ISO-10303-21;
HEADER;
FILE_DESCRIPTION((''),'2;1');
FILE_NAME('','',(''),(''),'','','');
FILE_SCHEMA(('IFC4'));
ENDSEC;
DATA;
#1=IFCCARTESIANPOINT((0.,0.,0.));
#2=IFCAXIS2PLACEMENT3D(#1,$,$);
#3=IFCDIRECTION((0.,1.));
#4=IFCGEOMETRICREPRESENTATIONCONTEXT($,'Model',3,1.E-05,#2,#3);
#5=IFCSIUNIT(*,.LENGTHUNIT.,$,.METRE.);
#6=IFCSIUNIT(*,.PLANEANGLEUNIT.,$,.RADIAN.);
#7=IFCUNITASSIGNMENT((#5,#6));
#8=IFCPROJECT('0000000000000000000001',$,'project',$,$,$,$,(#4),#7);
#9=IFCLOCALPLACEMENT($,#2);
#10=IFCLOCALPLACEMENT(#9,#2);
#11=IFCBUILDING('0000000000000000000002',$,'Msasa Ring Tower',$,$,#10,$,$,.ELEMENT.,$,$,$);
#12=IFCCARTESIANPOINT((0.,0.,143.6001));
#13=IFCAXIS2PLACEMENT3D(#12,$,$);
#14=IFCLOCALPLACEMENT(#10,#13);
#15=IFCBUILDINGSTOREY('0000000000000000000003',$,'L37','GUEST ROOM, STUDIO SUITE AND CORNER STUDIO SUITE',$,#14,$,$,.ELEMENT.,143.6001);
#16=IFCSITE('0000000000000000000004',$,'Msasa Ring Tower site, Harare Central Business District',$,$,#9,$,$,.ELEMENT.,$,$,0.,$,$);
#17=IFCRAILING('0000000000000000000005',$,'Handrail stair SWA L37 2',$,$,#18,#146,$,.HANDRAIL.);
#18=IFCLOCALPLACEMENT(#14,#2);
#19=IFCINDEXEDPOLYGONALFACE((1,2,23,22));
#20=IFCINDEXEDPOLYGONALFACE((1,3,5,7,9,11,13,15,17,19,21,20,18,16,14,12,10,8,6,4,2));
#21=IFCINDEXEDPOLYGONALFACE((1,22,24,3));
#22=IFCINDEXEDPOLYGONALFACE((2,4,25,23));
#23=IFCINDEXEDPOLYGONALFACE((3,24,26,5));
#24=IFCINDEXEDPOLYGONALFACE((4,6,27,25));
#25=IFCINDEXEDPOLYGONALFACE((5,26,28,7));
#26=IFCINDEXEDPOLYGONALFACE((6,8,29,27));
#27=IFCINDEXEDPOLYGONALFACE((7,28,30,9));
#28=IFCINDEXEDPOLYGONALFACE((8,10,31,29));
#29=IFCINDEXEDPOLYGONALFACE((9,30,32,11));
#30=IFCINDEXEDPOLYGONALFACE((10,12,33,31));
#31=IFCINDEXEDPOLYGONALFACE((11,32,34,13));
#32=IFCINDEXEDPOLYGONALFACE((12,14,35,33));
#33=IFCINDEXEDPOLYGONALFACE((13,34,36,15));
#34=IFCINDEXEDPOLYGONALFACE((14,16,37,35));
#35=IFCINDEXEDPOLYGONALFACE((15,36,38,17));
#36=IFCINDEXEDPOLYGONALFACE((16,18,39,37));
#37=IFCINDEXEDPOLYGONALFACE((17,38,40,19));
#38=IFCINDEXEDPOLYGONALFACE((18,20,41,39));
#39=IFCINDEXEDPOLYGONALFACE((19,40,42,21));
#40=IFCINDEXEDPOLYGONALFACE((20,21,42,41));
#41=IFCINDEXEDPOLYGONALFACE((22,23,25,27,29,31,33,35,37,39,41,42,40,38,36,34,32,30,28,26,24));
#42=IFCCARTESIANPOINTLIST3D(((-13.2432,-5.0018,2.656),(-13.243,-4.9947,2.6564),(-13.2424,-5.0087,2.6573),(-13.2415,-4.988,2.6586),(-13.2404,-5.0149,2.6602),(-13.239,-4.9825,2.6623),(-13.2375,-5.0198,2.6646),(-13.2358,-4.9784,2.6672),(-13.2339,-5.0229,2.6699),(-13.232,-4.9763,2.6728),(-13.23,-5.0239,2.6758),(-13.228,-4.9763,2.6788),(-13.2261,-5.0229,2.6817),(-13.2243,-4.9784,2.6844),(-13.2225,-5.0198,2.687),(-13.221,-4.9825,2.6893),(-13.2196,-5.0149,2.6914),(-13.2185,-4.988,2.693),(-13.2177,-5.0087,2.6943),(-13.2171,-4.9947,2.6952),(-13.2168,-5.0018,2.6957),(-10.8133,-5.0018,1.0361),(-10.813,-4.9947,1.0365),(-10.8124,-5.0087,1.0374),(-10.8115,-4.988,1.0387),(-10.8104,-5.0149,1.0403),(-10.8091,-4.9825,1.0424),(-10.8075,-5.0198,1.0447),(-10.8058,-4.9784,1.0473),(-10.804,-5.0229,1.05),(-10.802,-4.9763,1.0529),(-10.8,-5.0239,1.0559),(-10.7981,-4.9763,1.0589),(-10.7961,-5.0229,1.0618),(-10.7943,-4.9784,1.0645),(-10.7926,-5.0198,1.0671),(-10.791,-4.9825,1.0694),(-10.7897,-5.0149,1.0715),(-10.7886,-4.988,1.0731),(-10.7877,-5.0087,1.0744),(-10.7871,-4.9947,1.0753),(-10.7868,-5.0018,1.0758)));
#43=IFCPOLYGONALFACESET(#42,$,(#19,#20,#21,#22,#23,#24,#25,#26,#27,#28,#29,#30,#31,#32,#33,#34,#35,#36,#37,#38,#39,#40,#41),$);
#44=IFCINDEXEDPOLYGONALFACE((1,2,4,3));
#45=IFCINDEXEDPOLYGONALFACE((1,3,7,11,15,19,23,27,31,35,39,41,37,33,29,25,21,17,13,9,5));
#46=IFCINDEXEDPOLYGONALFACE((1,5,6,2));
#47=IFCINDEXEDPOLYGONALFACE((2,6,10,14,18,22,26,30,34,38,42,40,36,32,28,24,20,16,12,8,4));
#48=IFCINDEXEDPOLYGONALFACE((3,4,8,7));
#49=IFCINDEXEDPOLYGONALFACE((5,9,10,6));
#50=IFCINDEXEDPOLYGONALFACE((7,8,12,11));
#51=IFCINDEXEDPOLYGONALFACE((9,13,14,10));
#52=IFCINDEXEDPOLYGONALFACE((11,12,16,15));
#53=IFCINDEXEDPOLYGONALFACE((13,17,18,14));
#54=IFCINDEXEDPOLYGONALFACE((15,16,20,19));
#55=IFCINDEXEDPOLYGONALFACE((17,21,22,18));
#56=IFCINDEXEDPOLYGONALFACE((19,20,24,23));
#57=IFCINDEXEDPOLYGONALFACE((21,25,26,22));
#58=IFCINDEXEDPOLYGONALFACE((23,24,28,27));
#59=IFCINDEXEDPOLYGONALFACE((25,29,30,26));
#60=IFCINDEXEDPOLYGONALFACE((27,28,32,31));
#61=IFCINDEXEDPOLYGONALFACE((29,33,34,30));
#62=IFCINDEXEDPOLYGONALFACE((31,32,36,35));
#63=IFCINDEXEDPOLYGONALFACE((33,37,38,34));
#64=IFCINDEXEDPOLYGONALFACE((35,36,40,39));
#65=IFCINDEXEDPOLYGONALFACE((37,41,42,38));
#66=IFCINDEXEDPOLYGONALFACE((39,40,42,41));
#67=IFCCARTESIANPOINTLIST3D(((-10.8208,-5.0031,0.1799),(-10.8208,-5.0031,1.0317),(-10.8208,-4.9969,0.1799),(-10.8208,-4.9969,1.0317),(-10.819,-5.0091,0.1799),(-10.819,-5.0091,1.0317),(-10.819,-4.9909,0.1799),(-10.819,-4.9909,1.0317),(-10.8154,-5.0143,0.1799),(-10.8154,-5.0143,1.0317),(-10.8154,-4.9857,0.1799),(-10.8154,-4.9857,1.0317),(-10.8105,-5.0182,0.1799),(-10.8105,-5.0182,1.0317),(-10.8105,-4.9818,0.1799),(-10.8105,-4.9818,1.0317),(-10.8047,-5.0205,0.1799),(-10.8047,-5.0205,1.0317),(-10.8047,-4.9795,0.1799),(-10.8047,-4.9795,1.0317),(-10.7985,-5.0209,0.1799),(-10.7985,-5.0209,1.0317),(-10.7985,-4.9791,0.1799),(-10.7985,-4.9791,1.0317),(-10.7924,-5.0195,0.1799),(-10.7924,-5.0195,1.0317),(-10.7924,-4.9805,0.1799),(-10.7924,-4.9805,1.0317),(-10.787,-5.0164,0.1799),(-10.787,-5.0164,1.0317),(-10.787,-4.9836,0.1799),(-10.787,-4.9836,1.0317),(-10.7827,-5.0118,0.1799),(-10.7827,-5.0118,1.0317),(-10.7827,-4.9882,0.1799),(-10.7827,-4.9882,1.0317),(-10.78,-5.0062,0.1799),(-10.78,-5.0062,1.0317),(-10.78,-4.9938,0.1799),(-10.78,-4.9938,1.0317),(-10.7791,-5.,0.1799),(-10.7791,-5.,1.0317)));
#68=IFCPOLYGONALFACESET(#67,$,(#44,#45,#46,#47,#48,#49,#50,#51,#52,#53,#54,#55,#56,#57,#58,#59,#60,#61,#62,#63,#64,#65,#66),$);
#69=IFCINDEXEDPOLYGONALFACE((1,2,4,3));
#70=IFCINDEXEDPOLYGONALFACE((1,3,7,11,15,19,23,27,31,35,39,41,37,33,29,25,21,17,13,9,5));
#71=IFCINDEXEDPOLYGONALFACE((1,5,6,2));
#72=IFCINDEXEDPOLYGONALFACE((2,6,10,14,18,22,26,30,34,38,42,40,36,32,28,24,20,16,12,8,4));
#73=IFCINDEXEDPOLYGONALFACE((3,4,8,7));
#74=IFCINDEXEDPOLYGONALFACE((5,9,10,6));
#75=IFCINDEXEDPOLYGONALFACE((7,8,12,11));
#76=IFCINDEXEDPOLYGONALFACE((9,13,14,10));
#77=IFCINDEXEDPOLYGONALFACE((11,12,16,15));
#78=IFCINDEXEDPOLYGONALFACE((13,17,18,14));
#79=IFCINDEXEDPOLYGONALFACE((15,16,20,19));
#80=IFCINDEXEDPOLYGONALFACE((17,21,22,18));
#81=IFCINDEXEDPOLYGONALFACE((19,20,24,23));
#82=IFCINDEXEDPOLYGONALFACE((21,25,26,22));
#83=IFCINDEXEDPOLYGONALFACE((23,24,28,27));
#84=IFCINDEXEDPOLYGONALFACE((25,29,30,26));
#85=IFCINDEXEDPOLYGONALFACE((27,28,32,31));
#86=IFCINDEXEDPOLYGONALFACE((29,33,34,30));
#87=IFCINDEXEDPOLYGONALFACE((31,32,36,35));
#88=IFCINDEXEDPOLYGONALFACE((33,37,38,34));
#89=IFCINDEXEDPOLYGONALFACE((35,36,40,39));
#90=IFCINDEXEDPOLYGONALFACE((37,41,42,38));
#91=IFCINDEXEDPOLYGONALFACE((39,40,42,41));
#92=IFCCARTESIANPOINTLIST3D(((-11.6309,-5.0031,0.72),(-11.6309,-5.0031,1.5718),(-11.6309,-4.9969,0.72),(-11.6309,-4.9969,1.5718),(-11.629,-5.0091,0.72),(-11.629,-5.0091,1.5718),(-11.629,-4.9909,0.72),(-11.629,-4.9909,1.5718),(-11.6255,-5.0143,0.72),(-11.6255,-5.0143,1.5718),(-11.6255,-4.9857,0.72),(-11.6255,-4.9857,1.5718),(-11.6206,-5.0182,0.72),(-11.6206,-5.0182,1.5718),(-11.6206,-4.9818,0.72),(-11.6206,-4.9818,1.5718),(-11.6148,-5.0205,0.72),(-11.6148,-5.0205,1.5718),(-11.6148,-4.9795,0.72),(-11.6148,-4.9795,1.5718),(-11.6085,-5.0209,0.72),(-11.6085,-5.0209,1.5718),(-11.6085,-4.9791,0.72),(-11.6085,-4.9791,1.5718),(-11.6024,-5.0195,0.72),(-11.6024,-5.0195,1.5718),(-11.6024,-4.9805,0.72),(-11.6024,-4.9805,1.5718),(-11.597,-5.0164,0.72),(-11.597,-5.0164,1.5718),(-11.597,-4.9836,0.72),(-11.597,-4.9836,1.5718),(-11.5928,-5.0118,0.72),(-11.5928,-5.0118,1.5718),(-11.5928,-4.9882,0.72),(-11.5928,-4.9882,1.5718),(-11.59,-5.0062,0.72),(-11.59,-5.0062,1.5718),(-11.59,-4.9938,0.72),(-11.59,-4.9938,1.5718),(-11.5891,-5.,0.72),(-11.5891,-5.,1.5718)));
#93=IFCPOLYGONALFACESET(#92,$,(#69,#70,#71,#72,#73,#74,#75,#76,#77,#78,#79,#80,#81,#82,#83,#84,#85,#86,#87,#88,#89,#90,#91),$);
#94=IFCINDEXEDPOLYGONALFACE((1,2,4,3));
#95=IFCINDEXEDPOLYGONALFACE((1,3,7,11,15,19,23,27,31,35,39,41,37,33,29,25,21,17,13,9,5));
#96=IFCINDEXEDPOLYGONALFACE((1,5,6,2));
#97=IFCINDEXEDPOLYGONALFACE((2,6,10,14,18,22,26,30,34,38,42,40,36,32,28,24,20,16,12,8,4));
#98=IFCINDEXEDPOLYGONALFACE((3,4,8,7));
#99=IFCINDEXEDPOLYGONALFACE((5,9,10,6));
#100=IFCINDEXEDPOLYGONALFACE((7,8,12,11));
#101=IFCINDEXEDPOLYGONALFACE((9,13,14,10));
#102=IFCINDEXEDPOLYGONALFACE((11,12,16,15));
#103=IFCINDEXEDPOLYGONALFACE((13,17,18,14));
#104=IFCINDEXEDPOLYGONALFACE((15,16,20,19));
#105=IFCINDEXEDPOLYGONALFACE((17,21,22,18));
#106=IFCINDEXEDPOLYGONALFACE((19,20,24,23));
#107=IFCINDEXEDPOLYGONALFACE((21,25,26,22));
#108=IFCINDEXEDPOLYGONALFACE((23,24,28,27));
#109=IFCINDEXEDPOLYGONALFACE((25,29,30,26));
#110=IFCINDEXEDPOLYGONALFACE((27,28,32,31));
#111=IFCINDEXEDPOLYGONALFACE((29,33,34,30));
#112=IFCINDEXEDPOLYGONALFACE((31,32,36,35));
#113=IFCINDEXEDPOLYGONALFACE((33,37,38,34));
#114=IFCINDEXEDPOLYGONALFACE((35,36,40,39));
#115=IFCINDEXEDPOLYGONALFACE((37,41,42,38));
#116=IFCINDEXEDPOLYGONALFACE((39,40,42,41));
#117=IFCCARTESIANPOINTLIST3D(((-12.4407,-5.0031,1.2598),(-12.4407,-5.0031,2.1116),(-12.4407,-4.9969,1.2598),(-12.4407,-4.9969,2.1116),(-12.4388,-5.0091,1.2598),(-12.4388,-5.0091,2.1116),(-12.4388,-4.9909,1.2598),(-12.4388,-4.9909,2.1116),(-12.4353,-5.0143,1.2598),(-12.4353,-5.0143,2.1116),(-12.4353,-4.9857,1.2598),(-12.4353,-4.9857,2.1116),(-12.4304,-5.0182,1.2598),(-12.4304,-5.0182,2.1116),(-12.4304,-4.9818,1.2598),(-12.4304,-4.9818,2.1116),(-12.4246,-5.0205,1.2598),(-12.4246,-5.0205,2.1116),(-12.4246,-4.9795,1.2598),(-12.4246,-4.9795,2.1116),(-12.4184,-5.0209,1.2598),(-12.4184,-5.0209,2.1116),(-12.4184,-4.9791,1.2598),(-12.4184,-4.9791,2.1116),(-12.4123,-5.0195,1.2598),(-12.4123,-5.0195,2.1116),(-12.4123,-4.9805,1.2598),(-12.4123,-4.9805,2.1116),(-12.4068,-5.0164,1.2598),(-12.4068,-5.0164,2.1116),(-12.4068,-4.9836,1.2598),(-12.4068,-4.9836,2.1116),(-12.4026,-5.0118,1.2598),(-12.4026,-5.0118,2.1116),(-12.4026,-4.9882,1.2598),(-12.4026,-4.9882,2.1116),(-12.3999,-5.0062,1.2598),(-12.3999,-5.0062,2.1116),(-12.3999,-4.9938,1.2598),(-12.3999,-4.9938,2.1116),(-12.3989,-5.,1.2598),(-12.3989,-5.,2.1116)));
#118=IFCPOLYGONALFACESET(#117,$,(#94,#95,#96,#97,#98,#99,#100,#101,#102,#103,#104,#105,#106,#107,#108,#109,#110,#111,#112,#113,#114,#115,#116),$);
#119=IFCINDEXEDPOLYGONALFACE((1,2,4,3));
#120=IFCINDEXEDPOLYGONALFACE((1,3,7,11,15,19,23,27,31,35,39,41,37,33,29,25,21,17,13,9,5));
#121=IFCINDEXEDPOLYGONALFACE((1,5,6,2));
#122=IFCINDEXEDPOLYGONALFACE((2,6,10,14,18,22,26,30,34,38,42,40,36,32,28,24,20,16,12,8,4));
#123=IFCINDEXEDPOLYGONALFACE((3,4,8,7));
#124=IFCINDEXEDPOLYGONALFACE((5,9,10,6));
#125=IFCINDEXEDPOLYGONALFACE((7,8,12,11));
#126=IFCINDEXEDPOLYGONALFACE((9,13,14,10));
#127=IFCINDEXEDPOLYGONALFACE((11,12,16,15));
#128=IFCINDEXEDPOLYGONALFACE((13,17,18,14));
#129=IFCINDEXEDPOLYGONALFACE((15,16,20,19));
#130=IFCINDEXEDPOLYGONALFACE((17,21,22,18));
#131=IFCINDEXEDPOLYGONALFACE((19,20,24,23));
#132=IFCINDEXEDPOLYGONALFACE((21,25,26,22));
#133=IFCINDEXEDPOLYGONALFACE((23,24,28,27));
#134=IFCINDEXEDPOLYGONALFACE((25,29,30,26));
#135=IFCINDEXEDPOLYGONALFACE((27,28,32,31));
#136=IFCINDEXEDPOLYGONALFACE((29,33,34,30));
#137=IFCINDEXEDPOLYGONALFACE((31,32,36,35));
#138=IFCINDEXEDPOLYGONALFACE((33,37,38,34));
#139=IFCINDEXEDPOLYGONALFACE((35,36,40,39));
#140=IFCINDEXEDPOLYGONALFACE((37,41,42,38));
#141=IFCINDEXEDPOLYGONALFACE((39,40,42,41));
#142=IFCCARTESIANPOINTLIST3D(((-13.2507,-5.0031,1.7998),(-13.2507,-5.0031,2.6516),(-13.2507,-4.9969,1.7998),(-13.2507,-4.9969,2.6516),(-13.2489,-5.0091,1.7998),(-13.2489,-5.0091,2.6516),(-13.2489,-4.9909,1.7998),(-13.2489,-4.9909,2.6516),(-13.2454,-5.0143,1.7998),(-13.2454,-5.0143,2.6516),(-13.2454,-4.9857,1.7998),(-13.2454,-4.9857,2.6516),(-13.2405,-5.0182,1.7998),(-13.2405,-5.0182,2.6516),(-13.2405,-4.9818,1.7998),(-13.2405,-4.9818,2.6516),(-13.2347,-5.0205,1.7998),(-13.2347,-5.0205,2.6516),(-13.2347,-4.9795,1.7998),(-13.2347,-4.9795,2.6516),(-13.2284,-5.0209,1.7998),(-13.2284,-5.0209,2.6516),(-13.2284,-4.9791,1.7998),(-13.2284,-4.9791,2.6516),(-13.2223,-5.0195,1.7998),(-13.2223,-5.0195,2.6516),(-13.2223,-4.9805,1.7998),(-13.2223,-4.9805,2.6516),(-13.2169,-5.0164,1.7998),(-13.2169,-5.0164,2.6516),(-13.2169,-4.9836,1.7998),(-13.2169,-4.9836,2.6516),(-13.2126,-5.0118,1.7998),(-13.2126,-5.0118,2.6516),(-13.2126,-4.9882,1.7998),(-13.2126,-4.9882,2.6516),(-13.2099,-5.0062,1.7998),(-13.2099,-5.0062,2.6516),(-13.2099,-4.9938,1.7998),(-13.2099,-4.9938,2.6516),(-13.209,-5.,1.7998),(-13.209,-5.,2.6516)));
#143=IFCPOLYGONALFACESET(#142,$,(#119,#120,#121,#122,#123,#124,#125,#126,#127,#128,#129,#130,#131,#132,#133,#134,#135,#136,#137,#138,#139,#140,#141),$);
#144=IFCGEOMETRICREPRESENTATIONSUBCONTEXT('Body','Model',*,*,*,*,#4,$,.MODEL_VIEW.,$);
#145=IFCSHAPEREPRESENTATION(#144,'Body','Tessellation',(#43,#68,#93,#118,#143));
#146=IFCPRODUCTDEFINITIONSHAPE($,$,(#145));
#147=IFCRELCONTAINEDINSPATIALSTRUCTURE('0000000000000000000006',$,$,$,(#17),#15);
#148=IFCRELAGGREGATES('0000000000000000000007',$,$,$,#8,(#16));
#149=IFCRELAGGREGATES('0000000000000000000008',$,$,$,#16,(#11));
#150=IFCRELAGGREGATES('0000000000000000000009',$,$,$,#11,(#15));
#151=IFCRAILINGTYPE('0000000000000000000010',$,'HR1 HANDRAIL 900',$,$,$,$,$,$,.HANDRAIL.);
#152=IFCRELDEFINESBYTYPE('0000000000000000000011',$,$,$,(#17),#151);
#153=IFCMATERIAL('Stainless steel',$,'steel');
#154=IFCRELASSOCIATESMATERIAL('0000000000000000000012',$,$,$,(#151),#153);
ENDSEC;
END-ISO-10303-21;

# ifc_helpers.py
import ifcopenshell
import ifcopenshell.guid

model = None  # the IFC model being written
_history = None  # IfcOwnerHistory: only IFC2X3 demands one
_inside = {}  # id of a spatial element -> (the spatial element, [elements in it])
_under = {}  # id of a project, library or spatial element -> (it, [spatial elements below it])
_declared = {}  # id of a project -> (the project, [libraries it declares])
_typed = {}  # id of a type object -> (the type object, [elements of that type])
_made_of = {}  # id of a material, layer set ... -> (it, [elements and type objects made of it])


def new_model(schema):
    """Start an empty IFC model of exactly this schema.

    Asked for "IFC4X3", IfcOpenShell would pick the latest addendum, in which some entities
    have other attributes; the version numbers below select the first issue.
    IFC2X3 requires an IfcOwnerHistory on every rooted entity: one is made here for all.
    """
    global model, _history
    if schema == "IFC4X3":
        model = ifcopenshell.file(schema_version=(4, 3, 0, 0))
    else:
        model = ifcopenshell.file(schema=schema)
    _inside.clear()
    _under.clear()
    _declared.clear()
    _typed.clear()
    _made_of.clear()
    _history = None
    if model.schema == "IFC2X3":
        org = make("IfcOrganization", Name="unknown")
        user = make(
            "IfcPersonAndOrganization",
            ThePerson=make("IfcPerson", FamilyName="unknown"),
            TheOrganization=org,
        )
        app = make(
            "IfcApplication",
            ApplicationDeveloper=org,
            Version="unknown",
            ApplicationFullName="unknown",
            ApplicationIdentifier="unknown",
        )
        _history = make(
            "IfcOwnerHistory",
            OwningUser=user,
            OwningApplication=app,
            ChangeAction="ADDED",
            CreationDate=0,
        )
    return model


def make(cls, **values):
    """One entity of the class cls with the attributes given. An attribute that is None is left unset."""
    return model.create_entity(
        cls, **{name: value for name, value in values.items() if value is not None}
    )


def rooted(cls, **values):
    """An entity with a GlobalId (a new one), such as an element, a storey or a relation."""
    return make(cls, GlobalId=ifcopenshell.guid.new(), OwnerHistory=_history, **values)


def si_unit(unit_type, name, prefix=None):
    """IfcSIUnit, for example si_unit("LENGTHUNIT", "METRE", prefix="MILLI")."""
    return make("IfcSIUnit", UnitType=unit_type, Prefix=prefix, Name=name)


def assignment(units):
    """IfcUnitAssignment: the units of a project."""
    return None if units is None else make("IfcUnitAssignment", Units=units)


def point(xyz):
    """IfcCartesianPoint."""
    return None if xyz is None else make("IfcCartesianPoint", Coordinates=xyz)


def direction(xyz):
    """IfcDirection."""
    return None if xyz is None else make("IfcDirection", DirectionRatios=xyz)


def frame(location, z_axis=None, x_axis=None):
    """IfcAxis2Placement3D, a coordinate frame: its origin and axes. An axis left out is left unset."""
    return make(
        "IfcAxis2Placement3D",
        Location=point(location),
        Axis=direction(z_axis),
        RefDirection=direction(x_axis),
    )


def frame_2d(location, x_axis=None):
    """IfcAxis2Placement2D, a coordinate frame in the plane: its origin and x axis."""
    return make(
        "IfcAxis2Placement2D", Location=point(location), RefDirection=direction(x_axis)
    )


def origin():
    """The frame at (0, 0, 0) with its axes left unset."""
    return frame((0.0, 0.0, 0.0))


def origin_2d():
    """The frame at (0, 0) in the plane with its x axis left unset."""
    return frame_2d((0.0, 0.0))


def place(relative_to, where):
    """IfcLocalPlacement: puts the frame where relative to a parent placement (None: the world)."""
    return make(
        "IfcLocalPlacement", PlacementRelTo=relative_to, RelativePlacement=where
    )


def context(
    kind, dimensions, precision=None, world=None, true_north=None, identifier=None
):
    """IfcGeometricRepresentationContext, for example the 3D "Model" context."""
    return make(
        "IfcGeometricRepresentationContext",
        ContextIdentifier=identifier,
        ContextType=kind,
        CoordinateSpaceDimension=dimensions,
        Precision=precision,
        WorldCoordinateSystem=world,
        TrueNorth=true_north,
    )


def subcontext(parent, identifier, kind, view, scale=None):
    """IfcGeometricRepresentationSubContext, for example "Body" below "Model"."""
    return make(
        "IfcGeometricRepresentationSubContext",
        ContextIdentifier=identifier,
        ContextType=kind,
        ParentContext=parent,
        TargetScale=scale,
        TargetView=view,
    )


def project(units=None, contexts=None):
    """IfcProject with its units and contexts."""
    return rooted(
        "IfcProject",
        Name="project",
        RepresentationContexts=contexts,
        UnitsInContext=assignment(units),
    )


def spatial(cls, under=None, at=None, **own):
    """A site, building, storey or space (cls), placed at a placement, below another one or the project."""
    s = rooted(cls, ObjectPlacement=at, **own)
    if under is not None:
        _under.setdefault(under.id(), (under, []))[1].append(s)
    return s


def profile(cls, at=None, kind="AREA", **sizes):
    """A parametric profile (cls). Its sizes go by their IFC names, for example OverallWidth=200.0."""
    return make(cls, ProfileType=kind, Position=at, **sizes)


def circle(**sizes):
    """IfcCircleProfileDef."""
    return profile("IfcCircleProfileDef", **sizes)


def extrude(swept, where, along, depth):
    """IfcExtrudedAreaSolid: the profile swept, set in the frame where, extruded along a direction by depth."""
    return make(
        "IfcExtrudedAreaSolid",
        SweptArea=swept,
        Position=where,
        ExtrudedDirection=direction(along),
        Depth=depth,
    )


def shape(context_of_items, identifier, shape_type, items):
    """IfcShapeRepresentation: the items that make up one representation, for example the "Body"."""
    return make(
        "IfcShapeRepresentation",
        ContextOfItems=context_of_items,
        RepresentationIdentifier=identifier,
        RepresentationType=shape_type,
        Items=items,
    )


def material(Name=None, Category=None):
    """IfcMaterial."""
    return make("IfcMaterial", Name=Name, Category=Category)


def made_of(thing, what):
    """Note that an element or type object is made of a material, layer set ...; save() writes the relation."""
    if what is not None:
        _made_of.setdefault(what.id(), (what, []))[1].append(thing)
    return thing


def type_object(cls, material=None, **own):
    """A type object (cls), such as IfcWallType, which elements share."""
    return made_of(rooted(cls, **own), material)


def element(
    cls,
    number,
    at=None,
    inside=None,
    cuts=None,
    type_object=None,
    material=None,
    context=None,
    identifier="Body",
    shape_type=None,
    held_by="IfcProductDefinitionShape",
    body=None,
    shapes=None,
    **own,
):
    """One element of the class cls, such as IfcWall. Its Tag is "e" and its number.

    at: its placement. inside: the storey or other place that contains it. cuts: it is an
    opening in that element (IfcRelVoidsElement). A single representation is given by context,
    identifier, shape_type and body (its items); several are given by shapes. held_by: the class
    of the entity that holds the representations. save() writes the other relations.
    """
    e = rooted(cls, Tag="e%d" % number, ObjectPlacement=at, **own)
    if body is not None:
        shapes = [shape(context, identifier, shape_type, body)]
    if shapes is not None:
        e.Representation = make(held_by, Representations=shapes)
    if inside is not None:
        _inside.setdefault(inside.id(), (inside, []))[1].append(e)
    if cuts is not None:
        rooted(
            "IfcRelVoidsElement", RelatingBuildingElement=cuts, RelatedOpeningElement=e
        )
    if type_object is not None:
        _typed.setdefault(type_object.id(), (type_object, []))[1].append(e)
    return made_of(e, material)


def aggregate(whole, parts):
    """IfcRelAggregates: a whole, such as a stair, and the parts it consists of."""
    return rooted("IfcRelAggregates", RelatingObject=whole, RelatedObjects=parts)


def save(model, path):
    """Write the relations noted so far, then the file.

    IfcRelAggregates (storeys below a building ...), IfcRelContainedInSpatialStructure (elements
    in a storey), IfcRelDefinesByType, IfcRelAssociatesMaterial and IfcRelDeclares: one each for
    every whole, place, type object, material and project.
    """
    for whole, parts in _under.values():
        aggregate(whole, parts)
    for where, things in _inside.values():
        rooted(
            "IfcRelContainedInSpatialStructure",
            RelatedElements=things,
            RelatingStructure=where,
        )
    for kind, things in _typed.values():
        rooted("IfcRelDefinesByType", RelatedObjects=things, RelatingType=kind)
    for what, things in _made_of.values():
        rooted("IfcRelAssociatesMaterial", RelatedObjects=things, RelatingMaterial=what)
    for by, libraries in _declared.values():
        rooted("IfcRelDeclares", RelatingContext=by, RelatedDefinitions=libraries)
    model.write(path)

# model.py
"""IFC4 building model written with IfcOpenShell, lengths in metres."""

from ifc_helpers import new_model, si_unit, direction, frame, origin, origin_2d, place, context, subcontext, project, spatial, circle, extrude, material, type_object, element, save


model = new_model("IFC4")

# Units and contexts
model_context = context("Model", 3, precision=1e-05, world=origin(), true_north=direction((0.0, 1.0)))
body_context = subcontext(model_context, "Body", "Model", "MODEL_VIEW")
ifc_project = project(units=[si_unit("LENGTHUNIT", "METRE"), si_unit("PLANEANGLEUNIT", "RADIAN")], contexts=[model_context])

# Site, building, storey
site_placement = place(None, origin())
site = spatial("IfcSite", under=ifc_project, at=site_placement, Name="Msasa Ring Tower site, Harare Central Business District", CompositionType="ELEMENT", RefElevation=0.0)
building_placement = place(site_placement, origin())
building = spatial("IfcBuilding", under=site, at=building_placement, Name="Msasa Ring Tower", CompositionType="ELEMENT")
storey_placement = place(building_placement, frame((0.0, 0.0, 143.6001)))
storey = spatial("IfcBuildingStorey", under=building, at=storey_placement, Name="L37", Description="GUEST ROOM, STUDIO SUITE AND CORNER STUDIO SUITE", CompositionType="ELEMENT", Elevation=143.6001)

# Railing
ifc_material_1 = material(Name="Stainless steel", Category="steel")
railing_type = type_object("IfcRailingType", Name="HR1 HANDRAIL 900", PredefinedType="HANDRAIL", material=ifc_material_1)
for number, where, name in (
    (1, (-10.8, -5.0, 0.1799), "Handrail stair SWA L37 2"),
):
    element("IfcRailing", number, at=place(storey_placement, frame(where)), inside=storey, type_object=railing_type, Name=name, PredefinedType="HANDRAIL", context=body_context, shape_type="SweptSolid", body=[
        extrude(circle(Radius=0.0239, at=origin_2d()), frame((0.0, 0.0, 0.876), z_axis=(-0.832063, 0.0, 0.554681), x_axis=(0.0, -1.0, 0.0)), (0.0, 0.0, 1.0), 2.9204),
        extrude(circle(Radius=0.021, at=origin_2d()), origin(), (0.0, 0.0, 1.0), 0.8518),
        extrude(circle(Radius=0.021, at=origin_2d()), frame((-0.8101, 0.0, 0.54)), (0.0, 0.0, 1.0), 0.8518),
        extrude(circle(Radius=0.021, at=origin_2d()), frame((-1.6199, 0.0, 1.0798)), (0.0, 0.0, 1.0), 0.8518),
        extrude(circle(Radius=0.021, at=origin_2d()), frame((-2.4299, 0.0, 1.6199)), (0.0, 0.0, 1.0), 0.8518),
    ])

save(model, "model.ifc")
